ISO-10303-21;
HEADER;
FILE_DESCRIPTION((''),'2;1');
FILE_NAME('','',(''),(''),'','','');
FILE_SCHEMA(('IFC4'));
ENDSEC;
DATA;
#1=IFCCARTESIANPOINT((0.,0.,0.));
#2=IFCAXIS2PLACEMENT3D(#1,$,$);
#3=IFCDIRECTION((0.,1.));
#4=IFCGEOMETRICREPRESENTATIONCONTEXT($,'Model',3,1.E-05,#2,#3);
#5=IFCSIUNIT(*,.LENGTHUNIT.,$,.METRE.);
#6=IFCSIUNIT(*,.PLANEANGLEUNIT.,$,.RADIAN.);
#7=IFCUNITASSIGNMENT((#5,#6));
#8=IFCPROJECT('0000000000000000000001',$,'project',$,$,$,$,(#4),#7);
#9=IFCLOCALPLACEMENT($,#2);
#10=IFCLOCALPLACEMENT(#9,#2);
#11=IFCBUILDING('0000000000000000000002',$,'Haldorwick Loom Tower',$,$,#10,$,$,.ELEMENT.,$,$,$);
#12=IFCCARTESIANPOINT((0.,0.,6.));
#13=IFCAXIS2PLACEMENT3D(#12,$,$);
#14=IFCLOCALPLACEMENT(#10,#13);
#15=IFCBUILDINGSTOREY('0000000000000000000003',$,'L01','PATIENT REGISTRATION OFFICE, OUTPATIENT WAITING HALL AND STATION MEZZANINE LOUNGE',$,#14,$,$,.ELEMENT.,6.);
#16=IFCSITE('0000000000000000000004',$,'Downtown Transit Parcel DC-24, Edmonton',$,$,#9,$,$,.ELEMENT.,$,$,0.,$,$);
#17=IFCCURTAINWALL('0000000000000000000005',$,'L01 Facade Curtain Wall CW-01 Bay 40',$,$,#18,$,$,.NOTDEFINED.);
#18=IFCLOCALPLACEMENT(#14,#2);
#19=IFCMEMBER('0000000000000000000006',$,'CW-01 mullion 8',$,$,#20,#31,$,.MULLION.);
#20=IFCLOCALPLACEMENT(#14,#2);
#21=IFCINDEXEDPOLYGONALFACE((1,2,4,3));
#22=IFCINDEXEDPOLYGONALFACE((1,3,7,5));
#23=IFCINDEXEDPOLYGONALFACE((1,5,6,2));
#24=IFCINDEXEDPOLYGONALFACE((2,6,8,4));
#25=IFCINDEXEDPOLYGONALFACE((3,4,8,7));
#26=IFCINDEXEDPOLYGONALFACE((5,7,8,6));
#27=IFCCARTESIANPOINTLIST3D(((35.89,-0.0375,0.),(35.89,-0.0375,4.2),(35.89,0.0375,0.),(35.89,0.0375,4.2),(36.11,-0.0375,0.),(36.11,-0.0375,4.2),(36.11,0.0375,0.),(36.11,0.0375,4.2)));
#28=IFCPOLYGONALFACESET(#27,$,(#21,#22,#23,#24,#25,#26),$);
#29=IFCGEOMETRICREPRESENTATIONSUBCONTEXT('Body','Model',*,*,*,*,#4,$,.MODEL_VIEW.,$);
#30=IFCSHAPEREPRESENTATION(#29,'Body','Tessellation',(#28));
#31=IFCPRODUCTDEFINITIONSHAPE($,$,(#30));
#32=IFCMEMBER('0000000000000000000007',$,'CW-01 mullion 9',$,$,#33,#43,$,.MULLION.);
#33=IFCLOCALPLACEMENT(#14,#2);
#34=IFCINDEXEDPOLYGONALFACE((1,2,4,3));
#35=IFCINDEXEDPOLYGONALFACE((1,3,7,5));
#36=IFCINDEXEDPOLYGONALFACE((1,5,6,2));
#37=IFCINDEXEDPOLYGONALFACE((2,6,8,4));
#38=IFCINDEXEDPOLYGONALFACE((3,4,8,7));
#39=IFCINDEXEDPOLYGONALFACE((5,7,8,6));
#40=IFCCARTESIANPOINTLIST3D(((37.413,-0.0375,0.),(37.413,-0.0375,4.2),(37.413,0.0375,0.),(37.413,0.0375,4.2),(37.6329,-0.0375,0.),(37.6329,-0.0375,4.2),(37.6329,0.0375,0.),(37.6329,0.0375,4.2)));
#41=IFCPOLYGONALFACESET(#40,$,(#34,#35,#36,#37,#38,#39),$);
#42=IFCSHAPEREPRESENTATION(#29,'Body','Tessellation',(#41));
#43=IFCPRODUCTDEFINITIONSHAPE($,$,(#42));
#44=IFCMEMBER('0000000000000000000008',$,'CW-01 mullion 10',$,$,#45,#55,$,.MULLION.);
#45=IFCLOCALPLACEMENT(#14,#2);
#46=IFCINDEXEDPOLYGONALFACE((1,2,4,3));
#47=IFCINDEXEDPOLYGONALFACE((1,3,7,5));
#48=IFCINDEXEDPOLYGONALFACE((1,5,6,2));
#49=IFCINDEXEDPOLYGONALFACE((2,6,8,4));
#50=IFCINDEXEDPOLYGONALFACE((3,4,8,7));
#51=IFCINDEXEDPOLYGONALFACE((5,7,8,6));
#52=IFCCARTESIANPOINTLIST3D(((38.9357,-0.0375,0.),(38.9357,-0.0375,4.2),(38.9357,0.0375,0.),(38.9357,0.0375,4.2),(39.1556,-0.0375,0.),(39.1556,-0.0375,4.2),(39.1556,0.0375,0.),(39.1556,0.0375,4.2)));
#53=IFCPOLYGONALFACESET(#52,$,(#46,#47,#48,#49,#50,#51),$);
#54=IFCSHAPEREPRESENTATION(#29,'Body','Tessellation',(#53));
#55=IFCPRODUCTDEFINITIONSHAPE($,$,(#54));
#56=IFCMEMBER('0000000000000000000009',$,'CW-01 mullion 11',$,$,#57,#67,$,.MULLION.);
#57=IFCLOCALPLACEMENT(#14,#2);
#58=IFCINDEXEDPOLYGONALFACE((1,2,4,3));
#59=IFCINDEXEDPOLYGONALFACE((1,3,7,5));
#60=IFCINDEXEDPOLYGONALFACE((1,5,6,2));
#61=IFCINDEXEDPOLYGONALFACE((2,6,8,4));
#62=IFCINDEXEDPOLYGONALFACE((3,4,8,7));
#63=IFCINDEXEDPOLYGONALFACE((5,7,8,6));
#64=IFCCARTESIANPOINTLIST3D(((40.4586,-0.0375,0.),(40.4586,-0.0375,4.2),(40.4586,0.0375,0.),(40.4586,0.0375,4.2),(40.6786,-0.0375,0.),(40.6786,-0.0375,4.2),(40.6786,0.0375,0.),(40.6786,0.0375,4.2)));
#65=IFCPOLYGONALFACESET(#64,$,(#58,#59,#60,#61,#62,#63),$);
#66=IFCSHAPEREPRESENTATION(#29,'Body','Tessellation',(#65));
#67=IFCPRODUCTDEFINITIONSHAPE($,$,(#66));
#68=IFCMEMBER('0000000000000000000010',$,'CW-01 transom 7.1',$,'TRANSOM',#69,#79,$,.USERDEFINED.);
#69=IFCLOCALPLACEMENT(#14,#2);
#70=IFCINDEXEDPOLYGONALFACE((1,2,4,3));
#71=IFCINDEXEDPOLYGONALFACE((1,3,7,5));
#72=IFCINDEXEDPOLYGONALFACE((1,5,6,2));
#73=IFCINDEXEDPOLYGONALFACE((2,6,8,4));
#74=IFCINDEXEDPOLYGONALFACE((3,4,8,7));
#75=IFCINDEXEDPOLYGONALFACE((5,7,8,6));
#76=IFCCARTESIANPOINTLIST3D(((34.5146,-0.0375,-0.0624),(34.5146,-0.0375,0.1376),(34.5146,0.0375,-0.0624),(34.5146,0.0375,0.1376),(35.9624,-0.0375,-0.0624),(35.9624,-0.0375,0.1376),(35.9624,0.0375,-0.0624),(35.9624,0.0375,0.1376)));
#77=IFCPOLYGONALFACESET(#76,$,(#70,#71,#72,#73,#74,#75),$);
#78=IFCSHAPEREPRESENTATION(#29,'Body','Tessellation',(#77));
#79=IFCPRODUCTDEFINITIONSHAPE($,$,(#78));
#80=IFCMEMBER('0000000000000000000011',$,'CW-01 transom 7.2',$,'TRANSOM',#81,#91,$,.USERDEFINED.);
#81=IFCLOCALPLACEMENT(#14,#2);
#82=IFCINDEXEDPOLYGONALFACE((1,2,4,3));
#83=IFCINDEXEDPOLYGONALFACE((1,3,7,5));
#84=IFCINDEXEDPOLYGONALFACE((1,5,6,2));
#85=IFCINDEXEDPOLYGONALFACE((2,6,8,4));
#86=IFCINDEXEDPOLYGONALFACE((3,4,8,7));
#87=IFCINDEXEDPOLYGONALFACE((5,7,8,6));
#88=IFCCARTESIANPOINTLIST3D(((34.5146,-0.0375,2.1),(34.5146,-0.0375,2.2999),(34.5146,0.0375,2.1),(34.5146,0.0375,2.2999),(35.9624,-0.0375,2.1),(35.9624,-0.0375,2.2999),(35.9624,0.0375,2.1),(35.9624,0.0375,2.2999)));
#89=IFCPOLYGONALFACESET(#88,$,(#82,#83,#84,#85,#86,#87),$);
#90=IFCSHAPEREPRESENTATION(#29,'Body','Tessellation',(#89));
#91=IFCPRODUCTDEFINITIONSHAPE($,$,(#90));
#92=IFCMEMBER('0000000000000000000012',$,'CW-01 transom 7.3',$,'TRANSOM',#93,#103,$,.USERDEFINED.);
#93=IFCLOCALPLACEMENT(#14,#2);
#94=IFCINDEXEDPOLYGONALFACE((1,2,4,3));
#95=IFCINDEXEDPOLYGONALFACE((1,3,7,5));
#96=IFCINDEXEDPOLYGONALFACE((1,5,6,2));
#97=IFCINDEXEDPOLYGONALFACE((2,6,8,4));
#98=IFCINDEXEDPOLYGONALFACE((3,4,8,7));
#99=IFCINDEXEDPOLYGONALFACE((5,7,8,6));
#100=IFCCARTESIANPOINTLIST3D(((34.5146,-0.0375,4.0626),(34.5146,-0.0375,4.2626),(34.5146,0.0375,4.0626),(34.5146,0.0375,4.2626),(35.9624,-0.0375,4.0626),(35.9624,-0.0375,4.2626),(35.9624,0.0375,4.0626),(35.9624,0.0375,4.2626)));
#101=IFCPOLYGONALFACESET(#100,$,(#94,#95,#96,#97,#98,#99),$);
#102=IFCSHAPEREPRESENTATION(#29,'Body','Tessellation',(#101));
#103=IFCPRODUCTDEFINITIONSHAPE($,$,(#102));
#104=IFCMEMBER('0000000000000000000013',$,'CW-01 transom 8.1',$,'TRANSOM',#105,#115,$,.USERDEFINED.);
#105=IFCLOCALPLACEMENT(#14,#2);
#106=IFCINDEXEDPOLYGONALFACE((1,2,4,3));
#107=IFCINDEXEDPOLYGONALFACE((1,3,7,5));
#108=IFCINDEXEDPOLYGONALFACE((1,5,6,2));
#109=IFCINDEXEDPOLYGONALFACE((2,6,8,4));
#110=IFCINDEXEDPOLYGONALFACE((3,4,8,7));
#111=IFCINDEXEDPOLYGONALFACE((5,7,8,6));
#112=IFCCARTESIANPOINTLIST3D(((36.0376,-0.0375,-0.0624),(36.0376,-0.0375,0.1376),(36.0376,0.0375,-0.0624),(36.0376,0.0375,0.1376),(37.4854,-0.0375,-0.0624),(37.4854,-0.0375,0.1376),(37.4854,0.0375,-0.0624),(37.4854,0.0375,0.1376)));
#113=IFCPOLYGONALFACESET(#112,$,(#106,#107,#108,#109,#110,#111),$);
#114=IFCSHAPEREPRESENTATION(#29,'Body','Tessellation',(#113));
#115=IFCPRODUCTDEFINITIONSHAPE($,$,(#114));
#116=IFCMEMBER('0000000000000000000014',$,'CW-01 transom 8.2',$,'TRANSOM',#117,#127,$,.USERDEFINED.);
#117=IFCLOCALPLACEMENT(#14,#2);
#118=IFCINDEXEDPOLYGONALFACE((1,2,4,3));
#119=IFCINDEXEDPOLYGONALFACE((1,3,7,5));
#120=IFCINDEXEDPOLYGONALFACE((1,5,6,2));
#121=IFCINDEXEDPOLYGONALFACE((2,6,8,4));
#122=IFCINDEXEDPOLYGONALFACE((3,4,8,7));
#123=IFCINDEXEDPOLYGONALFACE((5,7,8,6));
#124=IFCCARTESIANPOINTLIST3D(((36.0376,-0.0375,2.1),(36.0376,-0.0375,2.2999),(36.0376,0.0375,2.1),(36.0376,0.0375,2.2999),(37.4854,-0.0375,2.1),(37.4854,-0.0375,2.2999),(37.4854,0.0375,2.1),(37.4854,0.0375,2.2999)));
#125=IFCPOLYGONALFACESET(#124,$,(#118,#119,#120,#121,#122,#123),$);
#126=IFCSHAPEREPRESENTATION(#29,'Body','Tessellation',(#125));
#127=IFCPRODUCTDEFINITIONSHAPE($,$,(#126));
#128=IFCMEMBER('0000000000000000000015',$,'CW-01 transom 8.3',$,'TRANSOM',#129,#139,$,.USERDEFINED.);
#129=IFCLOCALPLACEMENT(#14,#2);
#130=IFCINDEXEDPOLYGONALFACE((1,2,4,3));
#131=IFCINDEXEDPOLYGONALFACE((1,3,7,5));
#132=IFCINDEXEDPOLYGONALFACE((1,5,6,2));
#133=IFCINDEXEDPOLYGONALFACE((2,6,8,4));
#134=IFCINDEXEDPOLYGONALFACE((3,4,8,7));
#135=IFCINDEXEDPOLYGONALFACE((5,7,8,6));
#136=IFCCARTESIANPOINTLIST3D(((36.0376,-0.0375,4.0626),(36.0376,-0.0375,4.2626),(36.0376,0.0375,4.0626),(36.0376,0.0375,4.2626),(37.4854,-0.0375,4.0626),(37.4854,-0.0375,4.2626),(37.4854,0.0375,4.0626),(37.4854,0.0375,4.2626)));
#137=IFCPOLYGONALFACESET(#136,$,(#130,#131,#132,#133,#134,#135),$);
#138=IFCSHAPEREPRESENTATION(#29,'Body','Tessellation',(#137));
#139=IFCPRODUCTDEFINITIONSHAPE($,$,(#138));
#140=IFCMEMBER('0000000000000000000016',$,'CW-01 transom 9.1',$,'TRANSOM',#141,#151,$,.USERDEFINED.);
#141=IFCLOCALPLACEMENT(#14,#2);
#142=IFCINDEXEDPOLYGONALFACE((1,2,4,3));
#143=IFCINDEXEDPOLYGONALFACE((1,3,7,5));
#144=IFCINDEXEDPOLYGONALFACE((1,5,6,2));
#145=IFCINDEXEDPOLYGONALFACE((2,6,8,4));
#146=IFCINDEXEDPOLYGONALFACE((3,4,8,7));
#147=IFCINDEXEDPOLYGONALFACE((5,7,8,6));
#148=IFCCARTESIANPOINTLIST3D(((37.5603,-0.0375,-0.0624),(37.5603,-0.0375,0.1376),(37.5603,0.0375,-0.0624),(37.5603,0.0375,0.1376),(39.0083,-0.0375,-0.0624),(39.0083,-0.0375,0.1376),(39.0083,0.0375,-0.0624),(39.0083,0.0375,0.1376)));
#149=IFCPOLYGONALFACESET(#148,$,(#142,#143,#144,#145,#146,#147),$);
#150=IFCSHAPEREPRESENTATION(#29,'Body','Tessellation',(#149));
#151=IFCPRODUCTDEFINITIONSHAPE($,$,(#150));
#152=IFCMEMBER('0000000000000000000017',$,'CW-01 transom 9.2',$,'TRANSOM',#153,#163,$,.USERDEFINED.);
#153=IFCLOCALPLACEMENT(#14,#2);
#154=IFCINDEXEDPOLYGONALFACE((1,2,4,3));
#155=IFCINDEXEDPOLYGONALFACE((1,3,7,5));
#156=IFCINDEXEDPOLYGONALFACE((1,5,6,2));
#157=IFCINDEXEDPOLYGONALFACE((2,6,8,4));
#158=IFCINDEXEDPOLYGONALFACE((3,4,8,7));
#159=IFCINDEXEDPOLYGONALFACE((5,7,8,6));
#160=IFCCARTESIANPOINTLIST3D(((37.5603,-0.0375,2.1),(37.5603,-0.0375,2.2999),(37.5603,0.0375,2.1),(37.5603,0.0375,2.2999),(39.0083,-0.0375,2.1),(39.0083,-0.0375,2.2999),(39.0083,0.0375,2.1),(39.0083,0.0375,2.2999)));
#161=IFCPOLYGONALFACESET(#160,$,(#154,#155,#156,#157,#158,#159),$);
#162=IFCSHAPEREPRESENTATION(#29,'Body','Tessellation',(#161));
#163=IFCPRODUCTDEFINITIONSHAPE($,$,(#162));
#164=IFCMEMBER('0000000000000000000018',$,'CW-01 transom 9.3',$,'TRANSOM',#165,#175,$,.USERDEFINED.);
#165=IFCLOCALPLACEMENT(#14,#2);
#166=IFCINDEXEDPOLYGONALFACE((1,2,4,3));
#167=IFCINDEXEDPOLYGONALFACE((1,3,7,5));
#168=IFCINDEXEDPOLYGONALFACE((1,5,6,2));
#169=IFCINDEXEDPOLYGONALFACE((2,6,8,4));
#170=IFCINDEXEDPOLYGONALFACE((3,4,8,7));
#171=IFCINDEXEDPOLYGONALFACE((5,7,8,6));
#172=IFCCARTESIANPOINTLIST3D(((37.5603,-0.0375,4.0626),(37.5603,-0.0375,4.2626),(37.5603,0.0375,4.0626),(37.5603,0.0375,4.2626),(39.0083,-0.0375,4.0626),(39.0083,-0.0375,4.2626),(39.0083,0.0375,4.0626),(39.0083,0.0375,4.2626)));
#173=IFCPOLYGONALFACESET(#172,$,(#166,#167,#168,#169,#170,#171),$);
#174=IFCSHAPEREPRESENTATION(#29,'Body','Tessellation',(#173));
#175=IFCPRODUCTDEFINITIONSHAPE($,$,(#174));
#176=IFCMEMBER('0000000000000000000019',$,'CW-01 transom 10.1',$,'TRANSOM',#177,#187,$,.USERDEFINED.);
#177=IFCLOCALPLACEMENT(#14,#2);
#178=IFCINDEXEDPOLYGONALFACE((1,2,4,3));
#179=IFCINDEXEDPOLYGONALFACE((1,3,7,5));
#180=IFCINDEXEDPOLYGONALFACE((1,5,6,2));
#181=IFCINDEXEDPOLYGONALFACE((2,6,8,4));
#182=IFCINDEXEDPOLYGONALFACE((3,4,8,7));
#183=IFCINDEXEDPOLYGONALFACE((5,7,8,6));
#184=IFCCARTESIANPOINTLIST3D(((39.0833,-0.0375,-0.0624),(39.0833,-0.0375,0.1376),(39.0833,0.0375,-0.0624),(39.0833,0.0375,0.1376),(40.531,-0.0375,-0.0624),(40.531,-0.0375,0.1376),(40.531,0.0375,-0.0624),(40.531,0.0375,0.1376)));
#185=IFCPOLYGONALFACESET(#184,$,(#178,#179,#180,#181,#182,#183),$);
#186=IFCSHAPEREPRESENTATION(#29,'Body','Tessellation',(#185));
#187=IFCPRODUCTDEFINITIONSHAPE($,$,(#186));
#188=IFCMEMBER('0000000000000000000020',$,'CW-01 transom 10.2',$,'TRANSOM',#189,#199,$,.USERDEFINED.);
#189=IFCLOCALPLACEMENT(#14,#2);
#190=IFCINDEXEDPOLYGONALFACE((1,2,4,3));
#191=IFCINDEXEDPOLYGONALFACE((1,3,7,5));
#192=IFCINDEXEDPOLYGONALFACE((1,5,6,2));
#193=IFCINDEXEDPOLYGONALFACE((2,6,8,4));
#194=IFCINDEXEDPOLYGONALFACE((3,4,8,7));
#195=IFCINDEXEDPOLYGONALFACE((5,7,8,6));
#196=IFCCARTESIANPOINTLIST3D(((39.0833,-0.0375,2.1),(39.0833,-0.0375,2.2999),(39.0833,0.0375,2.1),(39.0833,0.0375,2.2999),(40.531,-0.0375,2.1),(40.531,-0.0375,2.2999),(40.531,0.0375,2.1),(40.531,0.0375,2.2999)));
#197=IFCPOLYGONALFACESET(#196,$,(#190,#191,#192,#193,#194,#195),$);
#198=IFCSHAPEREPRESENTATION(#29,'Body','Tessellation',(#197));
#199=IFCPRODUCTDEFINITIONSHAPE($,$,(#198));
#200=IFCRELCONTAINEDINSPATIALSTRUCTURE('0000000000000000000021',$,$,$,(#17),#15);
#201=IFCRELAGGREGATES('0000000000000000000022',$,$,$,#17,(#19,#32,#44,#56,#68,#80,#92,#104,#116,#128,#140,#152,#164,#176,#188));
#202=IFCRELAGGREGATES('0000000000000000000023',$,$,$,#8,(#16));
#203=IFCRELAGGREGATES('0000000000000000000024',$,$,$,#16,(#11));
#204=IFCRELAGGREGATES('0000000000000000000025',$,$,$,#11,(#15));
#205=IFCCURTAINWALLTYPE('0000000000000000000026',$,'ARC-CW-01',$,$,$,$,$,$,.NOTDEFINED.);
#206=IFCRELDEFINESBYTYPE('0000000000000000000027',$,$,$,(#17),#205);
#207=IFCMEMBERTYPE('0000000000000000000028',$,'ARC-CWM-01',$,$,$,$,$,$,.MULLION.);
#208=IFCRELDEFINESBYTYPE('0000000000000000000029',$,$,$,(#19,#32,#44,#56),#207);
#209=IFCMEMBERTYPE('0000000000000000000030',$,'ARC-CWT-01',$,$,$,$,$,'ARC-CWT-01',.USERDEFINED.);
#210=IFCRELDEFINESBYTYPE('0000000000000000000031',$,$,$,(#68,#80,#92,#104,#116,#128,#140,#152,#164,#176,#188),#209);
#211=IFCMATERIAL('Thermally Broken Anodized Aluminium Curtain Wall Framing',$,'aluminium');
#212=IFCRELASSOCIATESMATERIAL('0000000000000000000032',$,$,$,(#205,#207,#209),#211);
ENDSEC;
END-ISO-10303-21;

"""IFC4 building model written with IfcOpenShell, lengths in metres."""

from ifc_helpers import new_model, si_unit, direction, frame, origin, origin_2d, place, context, subcontext, project, spatial, rectangle, extrude, material, material_profile, profile_set, type_object, element, aggregate, save


model = new_model("IFC4")

# Units and contexts
model_context = context("Model", 3, precision=1e-05, world=origin(), true_north=direction((0.0, 1.0)))
body_context = subcontext(model_context, "Body", "Model", "MODEL_VIEW")
ifc_project = project(units=[si_unit("LENGTHUNIT", "METRE"), si_unit("PLANEANGLEUNIT", "RADIAN")], contexts=[model_context])

# Site, building, storey
site_placement = place(None, origin())
site = spatial("IfcSite", under=ifc_project, at=site_placement, Name="Downtown Transit Parcel DC-24, Edmonton", CompositionType="ELEMENT", RefElevation=0.0)
building_placement = place(site_placement, origin())
building = spatial("IfcBuilding", under=site, at=building_placement, Name="Haldorwick Loom Tower", CompositionType="ELEMENT")
storey_placement = place(building_placement, frame((0.0, 0.0, 6.0)))
storey = spatial("IfcBuildingStorey", under=building, at=storey_placement, Name="L01", Description="PATIENT REGISTRATION OFFICE, OUTPATIENT WAITING HALL AND STATION MEZZANINE LOUNGE", CompositionType="ELEMENT", Elevation=6.0)

# Curtain wall, members
ifc_material_1 = material(Name="Thermally Broken Anodized Aluminium Curtain Wall Framing", Category="aluminium")
curtain_wall_type = type_object("IfcCurtainWallType", Name="ARC-CW-01", PredefinedType="NOTDEFINED", material=ifc_material_1)
curtain_wall_placement = place(storey_placement, origin())
curtain_wall = element("IfcCurtainWall", 1, at=curtain_wall_placement, inside=storey, type_object=curtain_wall_type, Name="L01 Facade Curtain Wall CW-01 Bay 40", PredefinedType="NOTDEFINED")
ifc_material_profile_1 = material_profile(ifc_material_1, rectangle(XDim=0.075, YDim=0.22, at=origin_2d()), Name="ALU_MUL_75X220", Category="aluminium")
ifc_profile_set_1 = profile_set([ifc_material_profile_1], Name="Thermally Broken Anodized Aluminium Curtain Wall Framing")
member_type_1 = type_object("IfcMemberType", Name="ARC-CWM-01", PredefinedType="MULLION", material=ifc_profile_set_1)
member_1_placement = place(storey_placement, frame((36.0, 0.0, 0.0), z_axis=(0.0, 0.0, 1.0), x_axis=(0.0, 1.0, 0.0)))
member_1 = element("IfcMember", 2, at=member_1_placement, type_object=member_type_1, Name="CW-01 mullion 8", PredefinedType="MULLION", context=body_context, shape_type="SweptSolid", body=[
    extrude(rectangle(XDim=0.075, YDim=0.22, at=origin_2d()), origin(), (0.0, 0.0, 1.0), 4.2),
])
member_2_placement = place(storey_placement, frame((37.5229, 0.0, 0.0), z_axis=(0.0, 0.0, 1.0), x_axis=(0.0, 1.0, 0.0)))
member_2 = element("IfcMember", 3, at=member_2_placement, type_object=member_type_1, Name="CW-01 mullion 9", PredefinedType="MULLION", context=body_context, shape_type="SweptSolid", body=[
    extrude(rectangle(XDim=0.075, YDim=0.22, at=origin_2d()), origin(), (0.0, 0.0, 1.0), 4.2),
])
member_3_placement = place(storey_placement, frame((39.0457, 0.0, 0.0), z_axis=(0.0, 0.0, 1.0), x_axis=(0.0, 1.0, 0.0)))
member_3 = element("IfcMember", 4, at=member_3_placement, type_object=member_type_1, Name="CW-01 mullion 10", PredefinedType="MULLION", context=body_context, shape_type="SweptSolid", body=[
    extrude(rectangle(XDim=0.075, YDim=0.22, at=origin_2d()), origin(), (0.0, 0.0, 1.0), 4.2),
])
member_4_placement = place(storey_placement, frame((40.5686, 0.0, 0.0), z_axis=(0.0, 0.0, 1.0), x_axis=(0.0, 1.0, 0.0)))
member_4 = element("IfcMember", 5, at=member_4_placement, type_object=member_type_1, Name="CW-01 mullion 11", PredefinedType="MULLION", context=body_context, shape_type="SweptSolid", body=[
    extrude(rectangle(XDim=0.075, YDim=0.22, at=origin_2d()), origin(), (0.0, 0.0, 1.0), 4.2),
])
ifc_material_profile_2 = material_profile(ifc_material_1, rectangle(XDim=0.075, YDim=0.2, at=origin_2d()), Name="ALU_TRN_75X200", Category="aluminium")
ifc_profile_set_2 = profile_set([ifc_material_profile_2], Name="Thermally Broken Anodized Aluminium Curtain Wall Framing")
member_type_2 = type_object("IfcMemberType", Name="ARC-CWT-01", ElementType="ARC-CWT-01", PredefinedType="USERDEFINED", material=ifc_profile_set_2)
member_5_placement = place(storey_placement, frame((34.5146, 0.0, 0.0376), z_axis=(1.0, 0.0, 0.0), x_axis=(0.0, 1.0, 0.0)))
member_5 = element("IfcMember", 6, at=member_5_placement, type_object=member_type_2, Name="CW-01 transom 7.1", ObjectType="TRANSOM", PredefinedType="USERDEFINED", context=body_context, shape_type="SweptSolid", body=[
    extrude(rectangle(XDim=0.075, YDim=0.2, at=origin_2d()), origin(), (0.0, 0.0, 1.0), 1.4478),
])
member_6_placement = place(storey_placement, frame((34.5146, 0.0, 2.2), z_axis=(1.0, 0.0, 0.0), x_axis=(0.0, 1.0, 0.0)))
member_6 = element("IfcMember", 7, at=member_6_placement, type_object=member_type_2, Name="CW-01 transom 7.2", ObjectType="TRANSOM", PredefinedType="USERDEFINED", context=body_context, shape_type="SweptSolid", body=[
    extrude(rectangle(XDim=0.075, YDim=0.2, at=origin_2d()), origin(), (0.0, 0.0, 1.0), 1.4478),
])
member_7_placement = place(storey_placement, frame((34.5146, 0.0, 4.1626), z_axis=(1.0, 0.0, 0.0), x_axis=(0.0, 1.0, 0.0)))
member_7 = element("IfcMember", 8, at=member_7_placement, type_object=member_type_2, Name="CW-01 transom 7.3", ObjectType="TRANSOM", PredefinedType="USERDEFINED", context=body_context, shape_type="SweptSolid", body=[
    extrude(rectangle(XDim=0.075, YDim=0.2, at=origin_2d()), origin(), (0.0, 0.0, 1.0), 1.4478),
])
member_8_placement = place(storey_placement, frame((36.0376, 0.0, 0.0376), z_axis=(1.0, 0.0, 0.0), x_axis=(0.0, 1.0, 0.0)))
member_8 = element("IfcMember", 9, at=member_8_placement, type_object=member_type_2, Name="CW-01 transom 8.1", ObjectType="TRANSOM", PredefinedType="USERDEFINED", context=body_context, shape_type="SweptSolid", body=[
    extrude(rectangle(XDim=0.075, YDim=0.2, at=origin_2d()), origin(), (0.0, 0.0, 1.0), 1.4478),
])
member_9_placement = place(storey_placement, frame((36.0376, 0.0, 2.2), z_axis=(1.0, 0.0, 0.0), x_axis=(0.0, 1.0, 0.0)))
member_9 = element("IfcMember", 10, at=member_9_placement, type_object=member_type_2, Name="CW-01 transom 8.2", ObjectType="TRANSOM", PredefinedType="USERDEFINED", context=body_context, shape_type="SweptSolid", body=[
    extrude(rectangle(XDim=0.075, YDim=0.2, at=origin_2d()), origin(), (0.0, 0.0, 1.0), 1.4478),
])
member_10_placement = place(storey_placement, frame((36.0376, 0.0, 4.1626), z_axis=(1.0, 0.0, 0.0), x_axis=(0.0, 1.0, 0.0)))
member_10 = element("IfcMember", 11, at=member_10_placement, type_object=member_type_2, Name="CW-01 transom 8.3", ObjectType="TRANSOM", PredefinedType="USERDEFINED", context=body_context, shape_type="SweptSolid", body=[
    extrude(rectangle(XDim=0.075, YDim=0.2, at=origin_2d()), origin(), (0.0, 0.0, 1.0), 1.4478),
])
member_11_placement = place(storey_placement, frame((37.5603, 0.0, 0.0376), z_axis=(1.0, 0.0, 0.0), x_axis=(0.0, 1.0, 0.0)))
member_11 = element("IfcMember", 12, at=member_11_placement, type_object=member_type_2, Name="CW-01 transom 9.1", ObjectType="TRANSOM", PredefinedType="USERDEFINED", context=body_context, shape_type="SweptSolid", body=[
    extrude(rectangle(XDim=0.075, YDim=0.2, at=origin_2d()), origin(), (0.0, 0.0, 1.0), 1.448),
])
member_12_placement = place(storey_placement, frame((37.5603, 0.0, 2.2), z_axis=(1.0, 0.0, 0.0), x_axis=(0.0, 1.0, 0.0)))
member_12 = element("IfcMember", 13, at=member_12_placement, type_object=member_type_2, Name="CW-01 transom 9.2", ObjectType="TRANSOM", PredefinedType="USERDEFINED", context=body_context, shape_type="SweptSolid", body=[
    extrude(rectangle(XDim=0.075, YDim=0.2, at=origin_2d()), origin(), (0.0, 0.0, 1.0), 1.448),
])
member_13_placement = place(storey_placement, frame((37.5603, 0.0, 4.1626), z_axis=(1.0, 0.0, 0.0), x_axis=(0.0, 1.0, 0.0)))
member_13 = element("IfcMember", 14, at=member_13_placement, type_object=member_type_2, Name="CW-01 transom 9.3", ObjectType="TRANSOM", PredefinedType="USERDEFINED", context=body_context, shape_type="SweptSolid", body=[
    extrude(rectangle(XDim=0.075, YDim=0.2, at=origin_2d()), origin(), (0.0, 0.0, 1.0), 1.448),
])
member_14_placement = place(storey_placement, frame((39.0833, 0.0, 0.0376), z_axis=(1.0, 0.0, 0.0), x_axis=(0.0, 1.0, 0.0)))
member_14 = element("IfcMember", 15, at=member_14_placement, type_object=member_type_2, Name="CW-01 transom 10.1", ObjectType="TRANSOM", PredefinedType="USERDEFINED", context=body_context, shape_type="SweptSolid", body=[
    extrude(rectangle(XDim=0.075, YDim=0.2, at=origin_2d()), origin(), (0.0, 0.0, 1.0), 1.4478),
])
member_15_placement = place(storey_placement, frame((39.0833, 0.0, 2.2), z_axis=(1.0, 0.0, 0.0), x_axis=(0.0, 1.0, 0.0)))
member_15 = element("IfcMember", 16, at=member_15_placement, type_object=member_type_2, Name="CW-01 transom 10.2", ObjectType="TRANSOM", PredefinedType="USERDEFINED", context=body_context, shape_type="SweptSolid", body=[
    extrude(rectangle(XDim=0.075, YDim=0.2, at=origin_2d()), origin(), (0.0, 0.0, 1.0), 1.4478),
])
aggregate(curtain_wall, [member_1, member_2, member_3, member_4, member_5, member_6, member_7, member_8, member_9, member_10, member_11, member_12, member_13, member_14, member_15])

save(model, "model.ifc")
